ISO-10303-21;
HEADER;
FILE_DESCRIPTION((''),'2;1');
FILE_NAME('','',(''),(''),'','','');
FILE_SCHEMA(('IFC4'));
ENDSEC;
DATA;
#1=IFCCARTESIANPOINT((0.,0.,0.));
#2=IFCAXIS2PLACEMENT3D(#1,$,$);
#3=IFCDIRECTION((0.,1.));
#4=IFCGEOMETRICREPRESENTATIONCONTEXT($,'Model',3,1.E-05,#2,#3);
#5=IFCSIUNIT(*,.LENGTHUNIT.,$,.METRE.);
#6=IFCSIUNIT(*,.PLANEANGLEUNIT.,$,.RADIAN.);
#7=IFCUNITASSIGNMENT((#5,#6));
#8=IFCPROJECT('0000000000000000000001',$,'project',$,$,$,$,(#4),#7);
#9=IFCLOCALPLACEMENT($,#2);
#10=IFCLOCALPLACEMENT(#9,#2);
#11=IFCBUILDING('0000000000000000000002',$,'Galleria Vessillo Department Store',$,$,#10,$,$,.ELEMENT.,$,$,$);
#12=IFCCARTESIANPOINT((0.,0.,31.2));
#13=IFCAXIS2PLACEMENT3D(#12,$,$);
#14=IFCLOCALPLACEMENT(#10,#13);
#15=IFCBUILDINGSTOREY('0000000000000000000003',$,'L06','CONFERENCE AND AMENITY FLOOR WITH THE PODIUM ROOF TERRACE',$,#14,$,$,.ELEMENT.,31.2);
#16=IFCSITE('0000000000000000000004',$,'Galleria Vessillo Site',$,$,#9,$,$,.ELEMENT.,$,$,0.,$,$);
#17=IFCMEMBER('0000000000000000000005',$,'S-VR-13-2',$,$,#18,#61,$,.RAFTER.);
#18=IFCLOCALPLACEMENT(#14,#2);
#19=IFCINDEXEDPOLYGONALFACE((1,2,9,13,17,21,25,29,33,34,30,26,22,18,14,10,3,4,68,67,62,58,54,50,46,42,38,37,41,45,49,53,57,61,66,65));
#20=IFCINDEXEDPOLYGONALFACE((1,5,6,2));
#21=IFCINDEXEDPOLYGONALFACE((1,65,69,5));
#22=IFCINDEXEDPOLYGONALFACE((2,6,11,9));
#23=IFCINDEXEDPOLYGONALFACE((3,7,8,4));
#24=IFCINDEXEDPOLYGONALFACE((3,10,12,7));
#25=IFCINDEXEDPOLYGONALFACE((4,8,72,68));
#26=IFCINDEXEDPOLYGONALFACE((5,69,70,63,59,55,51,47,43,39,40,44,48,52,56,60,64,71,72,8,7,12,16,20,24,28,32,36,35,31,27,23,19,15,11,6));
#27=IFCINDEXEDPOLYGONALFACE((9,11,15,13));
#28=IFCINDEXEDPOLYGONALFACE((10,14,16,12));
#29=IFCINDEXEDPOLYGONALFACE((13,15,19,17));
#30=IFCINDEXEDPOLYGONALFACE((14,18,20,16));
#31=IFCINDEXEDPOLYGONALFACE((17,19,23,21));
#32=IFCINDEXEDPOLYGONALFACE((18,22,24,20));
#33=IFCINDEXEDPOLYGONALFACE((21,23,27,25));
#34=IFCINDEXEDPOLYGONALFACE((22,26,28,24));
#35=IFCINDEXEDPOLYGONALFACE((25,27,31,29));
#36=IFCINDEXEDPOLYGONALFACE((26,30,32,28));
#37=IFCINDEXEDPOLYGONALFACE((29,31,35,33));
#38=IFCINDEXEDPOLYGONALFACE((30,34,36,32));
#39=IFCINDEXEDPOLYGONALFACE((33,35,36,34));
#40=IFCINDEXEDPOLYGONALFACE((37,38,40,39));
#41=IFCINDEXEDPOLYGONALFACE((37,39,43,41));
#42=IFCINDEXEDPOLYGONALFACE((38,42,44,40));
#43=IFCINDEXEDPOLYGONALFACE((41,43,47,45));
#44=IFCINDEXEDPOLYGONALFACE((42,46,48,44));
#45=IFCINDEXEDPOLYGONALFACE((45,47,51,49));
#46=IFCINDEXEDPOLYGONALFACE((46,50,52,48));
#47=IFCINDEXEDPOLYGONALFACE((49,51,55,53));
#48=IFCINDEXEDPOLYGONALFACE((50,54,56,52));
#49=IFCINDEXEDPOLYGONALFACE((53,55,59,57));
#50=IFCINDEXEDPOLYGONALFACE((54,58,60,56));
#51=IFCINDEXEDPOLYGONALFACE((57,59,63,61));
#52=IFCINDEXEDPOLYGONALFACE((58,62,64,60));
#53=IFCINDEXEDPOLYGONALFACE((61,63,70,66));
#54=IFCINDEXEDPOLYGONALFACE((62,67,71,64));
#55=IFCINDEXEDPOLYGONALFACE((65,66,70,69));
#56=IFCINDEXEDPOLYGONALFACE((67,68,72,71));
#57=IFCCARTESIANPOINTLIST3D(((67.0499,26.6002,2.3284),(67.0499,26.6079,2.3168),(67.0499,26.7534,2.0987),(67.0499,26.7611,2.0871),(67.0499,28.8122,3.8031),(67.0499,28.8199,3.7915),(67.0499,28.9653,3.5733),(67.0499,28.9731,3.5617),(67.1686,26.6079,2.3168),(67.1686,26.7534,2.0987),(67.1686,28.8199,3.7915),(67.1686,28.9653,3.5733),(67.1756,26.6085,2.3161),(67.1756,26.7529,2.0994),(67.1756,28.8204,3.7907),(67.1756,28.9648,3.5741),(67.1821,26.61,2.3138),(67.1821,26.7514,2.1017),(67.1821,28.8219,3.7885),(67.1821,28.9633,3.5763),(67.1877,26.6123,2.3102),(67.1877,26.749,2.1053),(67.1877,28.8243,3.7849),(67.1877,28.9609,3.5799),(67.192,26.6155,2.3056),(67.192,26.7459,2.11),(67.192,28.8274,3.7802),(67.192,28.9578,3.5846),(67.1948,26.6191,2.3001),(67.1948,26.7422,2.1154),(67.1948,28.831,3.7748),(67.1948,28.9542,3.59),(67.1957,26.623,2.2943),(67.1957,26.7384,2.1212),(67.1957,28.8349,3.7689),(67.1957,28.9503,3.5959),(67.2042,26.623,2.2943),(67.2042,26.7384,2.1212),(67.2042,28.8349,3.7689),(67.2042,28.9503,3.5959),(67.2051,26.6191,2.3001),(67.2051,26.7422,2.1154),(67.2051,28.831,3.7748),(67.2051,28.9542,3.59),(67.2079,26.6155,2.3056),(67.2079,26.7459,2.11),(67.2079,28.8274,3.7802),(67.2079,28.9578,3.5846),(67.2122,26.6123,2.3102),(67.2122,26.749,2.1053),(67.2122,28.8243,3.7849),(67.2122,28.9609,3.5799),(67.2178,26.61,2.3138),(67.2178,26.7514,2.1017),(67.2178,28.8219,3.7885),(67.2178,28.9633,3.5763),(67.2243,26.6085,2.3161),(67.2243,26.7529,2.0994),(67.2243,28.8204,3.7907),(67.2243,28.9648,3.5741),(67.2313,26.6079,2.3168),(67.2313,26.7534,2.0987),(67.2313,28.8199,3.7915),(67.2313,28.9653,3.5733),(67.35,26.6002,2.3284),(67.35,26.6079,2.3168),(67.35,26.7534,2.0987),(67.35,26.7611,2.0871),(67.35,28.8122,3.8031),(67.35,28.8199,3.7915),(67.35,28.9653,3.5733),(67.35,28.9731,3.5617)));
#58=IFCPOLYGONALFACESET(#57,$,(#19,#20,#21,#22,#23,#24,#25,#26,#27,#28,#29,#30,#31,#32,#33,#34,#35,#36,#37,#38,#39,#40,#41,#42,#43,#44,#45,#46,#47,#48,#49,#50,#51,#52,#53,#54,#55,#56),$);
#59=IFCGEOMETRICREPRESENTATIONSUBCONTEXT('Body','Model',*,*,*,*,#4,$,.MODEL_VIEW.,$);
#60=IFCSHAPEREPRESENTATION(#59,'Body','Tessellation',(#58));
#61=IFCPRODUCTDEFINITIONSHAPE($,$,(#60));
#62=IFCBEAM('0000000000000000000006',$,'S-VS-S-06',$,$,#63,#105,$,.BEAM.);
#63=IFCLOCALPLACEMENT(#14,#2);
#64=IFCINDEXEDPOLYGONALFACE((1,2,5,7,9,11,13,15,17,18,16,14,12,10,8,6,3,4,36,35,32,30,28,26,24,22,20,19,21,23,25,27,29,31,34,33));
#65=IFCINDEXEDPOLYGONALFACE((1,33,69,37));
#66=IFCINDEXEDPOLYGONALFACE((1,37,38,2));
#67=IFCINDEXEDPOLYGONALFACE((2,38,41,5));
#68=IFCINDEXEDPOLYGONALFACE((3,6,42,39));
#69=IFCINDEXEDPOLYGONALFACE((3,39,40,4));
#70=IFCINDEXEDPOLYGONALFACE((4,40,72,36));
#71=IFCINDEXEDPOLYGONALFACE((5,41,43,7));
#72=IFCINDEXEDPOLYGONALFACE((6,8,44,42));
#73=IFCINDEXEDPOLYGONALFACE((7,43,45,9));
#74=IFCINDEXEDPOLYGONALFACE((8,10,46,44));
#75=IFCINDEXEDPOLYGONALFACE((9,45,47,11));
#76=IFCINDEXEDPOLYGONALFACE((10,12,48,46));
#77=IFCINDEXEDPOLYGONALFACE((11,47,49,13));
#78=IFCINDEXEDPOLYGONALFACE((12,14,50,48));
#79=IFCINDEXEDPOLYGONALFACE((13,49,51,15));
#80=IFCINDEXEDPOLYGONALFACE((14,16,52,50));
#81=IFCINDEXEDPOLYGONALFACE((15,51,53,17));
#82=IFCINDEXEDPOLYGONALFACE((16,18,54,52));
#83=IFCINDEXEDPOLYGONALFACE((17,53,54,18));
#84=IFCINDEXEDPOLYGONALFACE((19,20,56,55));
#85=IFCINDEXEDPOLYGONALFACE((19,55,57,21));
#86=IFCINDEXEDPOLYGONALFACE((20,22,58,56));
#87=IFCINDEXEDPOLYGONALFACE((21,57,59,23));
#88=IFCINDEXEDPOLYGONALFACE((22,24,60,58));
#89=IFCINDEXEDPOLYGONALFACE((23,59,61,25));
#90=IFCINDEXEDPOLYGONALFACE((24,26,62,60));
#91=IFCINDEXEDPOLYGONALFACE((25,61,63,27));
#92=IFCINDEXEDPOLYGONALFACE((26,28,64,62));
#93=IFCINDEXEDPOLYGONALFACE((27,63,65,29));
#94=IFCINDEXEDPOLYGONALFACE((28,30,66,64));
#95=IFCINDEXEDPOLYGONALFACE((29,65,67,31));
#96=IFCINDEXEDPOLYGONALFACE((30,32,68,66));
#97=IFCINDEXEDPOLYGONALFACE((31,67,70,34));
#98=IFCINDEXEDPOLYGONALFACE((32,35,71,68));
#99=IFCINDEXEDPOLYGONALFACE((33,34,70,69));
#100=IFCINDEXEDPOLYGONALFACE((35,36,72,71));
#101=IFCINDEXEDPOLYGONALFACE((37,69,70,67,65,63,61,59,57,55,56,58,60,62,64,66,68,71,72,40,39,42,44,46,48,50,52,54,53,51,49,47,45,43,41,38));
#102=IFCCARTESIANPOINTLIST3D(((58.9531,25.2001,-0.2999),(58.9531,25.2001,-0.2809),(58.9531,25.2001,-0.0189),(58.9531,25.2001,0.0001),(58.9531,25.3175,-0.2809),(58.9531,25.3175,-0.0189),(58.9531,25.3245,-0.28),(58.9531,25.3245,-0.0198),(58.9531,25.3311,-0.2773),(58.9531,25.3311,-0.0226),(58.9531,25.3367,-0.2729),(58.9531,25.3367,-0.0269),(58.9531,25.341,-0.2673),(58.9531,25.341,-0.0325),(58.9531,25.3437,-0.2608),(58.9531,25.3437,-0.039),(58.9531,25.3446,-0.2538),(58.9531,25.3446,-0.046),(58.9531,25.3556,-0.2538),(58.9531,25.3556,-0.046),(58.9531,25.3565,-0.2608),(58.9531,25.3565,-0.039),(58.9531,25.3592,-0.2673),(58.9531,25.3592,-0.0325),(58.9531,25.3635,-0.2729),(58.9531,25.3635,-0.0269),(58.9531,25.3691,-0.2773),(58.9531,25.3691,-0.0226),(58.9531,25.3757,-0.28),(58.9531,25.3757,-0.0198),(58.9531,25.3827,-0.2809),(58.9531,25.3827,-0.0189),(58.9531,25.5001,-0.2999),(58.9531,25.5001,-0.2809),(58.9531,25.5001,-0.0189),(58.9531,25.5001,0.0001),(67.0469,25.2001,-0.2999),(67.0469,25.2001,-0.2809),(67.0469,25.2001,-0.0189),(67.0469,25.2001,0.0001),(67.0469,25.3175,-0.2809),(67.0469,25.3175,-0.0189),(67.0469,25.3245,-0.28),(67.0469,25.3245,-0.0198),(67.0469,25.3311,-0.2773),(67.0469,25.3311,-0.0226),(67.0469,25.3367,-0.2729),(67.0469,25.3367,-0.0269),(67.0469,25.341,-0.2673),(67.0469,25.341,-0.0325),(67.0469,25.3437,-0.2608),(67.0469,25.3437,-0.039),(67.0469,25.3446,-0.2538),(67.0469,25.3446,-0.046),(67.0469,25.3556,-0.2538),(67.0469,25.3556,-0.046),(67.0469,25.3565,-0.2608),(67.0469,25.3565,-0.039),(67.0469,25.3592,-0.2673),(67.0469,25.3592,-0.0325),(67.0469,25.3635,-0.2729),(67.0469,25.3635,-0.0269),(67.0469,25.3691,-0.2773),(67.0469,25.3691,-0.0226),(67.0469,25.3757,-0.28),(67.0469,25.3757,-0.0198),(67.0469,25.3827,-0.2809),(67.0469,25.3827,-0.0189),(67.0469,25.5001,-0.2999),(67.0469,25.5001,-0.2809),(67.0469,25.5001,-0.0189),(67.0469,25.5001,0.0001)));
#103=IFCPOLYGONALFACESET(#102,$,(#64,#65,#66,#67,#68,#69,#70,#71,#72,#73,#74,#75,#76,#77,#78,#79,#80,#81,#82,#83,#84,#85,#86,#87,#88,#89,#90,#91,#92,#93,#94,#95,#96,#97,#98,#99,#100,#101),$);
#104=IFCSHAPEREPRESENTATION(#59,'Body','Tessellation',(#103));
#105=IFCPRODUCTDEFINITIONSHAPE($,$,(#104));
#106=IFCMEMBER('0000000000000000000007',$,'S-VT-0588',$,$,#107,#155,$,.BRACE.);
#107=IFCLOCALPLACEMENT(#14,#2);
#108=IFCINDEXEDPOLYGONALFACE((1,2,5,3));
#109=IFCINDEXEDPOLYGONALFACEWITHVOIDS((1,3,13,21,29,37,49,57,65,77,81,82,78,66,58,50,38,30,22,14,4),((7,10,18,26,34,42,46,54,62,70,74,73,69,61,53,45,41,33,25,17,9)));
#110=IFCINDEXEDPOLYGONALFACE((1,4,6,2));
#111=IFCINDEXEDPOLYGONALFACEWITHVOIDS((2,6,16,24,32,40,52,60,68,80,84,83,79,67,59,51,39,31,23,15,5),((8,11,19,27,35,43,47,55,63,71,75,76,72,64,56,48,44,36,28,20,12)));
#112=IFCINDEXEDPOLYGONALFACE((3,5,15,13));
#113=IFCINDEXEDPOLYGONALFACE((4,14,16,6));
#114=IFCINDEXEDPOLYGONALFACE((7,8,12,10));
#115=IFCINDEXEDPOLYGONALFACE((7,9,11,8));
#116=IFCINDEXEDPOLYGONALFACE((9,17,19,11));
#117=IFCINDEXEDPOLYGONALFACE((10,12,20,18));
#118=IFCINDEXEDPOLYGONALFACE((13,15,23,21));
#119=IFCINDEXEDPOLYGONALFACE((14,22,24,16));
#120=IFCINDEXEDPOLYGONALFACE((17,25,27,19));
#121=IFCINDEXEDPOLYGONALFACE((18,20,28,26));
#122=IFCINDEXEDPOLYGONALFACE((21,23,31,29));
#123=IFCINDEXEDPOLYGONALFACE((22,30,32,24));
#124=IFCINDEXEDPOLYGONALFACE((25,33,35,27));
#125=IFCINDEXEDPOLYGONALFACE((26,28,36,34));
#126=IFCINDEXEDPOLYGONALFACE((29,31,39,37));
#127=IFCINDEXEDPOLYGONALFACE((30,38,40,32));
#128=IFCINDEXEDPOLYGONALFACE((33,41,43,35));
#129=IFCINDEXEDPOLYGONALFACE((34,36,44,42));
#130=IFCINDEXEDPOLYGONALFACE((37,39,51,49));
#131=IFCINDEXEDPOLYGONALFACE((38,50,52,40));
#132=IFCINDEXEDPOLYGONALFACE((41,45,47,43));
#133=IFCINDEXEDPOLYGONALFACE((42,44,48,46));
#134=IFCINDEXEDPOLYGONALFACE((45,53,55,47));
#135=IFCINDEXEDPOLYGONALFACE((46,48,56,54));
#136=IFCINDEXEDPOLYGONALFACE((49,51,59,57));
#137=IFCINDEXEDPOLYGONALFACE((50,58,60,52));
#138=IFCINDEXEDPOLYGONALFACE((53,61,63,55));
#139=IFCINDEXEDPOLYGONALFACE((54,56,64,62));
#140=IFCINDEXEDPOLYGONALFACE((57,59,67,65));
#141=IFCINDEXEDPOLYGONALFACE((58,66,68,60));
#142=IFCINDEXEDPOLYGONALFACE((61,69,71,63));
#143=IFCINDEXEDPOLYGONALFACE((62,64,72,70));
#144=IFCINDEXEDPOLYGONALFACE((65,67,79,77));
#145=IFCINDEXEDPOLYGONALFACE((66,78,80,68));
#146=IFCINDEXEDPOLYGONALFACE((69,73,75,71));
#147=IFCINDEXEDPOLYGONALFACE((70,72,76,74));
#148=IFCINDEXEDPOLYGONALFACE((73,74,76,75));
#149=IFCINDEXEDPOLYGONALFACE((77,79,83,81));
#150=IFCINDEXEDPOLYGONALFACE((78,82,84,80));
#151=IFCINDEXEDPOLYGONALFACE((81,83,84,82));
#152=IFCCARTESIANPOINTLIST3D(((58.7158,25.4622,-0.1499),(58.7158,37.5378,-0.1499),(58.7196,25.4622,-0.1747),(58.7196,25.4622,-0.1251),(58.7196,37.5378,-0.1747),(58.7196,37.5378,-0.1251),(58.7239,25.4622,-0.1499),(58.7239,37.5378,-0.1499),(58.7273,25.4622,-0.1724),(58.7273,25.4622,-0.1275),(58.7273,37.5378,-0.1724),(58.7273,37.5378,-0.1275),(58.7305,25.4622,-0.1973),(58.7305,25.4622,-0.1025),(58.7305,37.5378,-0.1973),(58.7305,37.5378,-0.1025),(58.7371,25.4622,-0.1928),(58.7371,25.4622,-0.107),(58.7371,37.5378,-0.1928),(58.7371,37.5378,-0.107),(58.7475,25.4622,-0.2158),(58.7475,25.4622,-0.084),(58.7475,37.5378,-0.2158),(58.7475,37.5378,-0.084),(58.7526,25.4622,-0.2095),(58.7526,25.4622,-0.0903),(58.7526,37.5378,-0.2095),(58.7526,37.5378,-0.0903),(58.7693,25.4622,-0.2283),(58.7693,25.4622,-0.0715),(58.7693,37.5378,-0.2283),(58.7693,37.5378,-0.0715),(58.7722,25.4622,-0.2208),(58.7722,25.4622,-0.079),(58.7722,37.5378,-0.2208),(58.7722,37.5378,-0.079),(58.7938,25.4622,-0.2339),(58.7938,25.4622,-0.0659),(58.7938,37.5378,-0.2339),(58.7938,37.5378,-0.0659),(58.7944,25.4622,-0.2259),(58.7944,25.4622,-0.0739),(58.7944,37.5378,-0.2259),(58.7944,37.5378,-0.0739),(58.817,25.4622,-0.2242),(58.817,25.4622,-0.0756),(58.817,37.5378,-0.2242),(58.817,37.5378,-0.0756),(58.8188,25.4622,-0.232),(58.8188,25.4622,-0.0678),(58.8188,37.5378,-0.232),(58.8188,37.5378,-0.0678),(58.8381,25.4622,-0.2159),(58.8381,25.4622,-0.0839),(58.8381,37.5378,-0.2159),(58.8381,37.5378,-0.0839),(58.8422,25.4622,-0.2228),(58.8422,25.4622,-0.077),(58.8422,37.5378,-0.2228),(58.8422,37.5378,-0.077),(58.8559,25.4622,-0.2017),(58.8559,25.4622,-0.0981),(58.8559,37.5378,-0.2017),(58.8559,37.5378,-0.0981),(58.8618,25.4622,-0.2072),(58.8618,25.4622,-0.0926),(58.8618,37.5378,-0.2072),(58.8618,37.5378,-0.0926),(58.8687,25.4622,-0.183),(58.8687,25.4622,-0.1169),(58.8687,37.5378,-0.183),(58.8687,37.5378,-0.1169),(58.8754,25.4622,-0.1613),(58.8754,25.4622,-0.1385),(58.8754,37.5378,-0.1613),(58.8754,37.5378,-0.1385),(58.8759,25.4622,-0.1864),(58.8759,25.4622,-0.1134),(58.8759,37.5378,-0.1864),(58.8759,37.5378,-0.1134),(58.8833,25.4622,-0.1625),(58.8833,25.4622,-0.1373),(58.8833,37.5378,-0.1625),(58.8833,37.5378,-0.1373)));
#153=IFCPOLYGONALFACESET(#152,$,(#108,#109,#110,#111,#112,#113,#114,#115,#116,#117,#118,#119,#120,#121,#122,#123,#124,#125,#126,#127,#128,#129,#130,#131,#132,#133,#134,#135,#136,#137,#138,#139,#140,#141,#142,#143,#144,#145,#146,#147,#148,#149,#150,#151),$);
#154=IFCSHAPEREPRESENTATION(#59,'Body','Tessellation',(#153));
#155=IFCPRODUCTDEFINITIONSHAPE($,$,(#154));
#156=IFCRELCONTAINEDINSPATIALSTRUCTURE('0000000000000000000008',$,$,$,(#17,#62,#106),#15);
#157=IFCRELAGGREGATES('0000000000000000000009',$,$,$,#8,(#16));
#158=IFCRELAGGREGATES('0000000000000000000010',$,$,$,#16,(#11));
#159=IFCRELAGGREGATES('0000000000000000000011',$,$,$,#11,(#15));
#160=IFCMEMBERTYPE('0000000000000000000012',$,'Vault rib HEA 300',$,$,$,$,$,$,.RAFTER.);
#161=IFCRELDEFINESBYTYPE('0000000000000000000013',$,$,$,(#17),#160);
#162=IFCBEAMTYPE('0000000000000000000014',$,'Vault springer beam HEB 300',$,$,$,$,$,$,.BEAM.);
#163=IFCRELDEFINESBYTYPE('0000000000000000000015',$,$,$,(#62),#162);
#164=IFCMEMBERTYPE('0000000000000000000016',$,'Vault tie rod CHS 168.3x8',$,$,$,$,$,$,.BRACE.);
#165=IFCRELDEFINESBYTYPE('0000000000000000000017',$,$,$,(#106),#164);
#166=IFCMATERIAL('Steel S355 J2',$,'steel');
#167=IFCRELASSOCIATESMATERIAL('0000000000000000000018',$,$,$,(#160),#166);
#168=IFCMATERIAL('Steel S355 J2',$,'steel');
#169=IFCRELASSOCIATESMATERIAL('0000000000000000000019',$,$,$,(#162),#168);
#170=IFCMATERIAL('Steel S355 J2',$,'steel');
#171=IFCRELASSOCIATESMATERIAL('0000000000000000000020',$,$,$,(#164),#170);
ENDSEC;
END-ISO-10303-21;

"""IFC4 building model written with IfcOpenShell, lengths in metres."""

from ifc_helpers import new_model, si_unit, direction, frame, origin, origin_2d, place, context, subcontext, project, spatial, hollow_circle, i_section, extrude, material, material_profile, profile_set, type_object, element, save


model = new_model("IFC4")

# Units and contexts
model_context = context("Model", 3, precision=1e-05, world=origin(), true_north=direction((0.0, 1.0)))
body_context = subcontext(model_context, "Body", "Model", "MODEL_VIEW")
ifc_project = project(units=[si_unit("LENGTHUNIT", "METRE"), si_unit("PLANEANGLEUNIT", "RADIAN")], contexts=[model_context])

# Site, building, storey
site_placement = place(None, origin())
site = spatial("IfcSite", under=ifc_project, at=site_placement, Name="Galleria Vessillo Site", CompositionType="ELEMENT", RefElevation=0.0)
building_placement = place(site_placement, origin())
building = spatial("IfcBuilding", under=site, at=building_placement, Name="Galleria Vessillo Department Store", CompositionType="ELEMENT")
storey_placement = place(building_placement, frame((0.0, 0.0, 31.2)))
storey = spatial("IfcBuildingStorey", under=building, at=storey_placement, Name="L06", Description="CONFERENCE AND AMENITY FLOOR WITH THE PODIUM ROOF TERRACE", CompositionType="ELEMENT", Elevation=31.2)

# Member
ifc_material_1 = material(Name="Steel S355 J2", Category="steel")
ifc_material_profile_1 = material_profile(ifc_material_1, i_section(OverallWidth=0.3, OverallDepth=0.29, WebThickness=0.0085, FlangeThickness=0.0139, FilletRadius=0.0271, at=origin_2d()), Name="HEA 300")
ifc_profile_set_1 = profile_set([ifc_material_profile_1], Name="Steel S355 J2")
member_type_1 = type_object("IfcMemberType", Name="Vault rib HEA 300", PredefinedType="RAFTER", material=ifc_profile_set_1)
member_1_placement = place(storey_placement, frame((67.2, 26.6807, 2.2078), z_axis=(0.0, 0.83205, 0.5547), x_axis=(-1.0, 0.0, 0.0)))
element("IfcMember", 1, at=member_1_placement, inside=storey, type_object=member_type_1, Name="S-VR-13-2", PredefinedType="RAFTER", context=body_context, shape_type="SweptSolid", body=[
    extrude(i_section(OverallWidth=0.3, OverallDepth=0.29, WebThickness=0.0085, FlangeThickness=0.0139, FilletRadius=0.0271, at=origin_2d()), origin(), (0.0, 0.0, 1.0), 2.6584),
])

# Beam
ifc_material_2 = material(Name="Steel S355 J2", Category="steel")
ifc_material_profile_2 = material_profile(ifc_material_2, i_section(OverallWidth=0.3, OverallDepth=0.3, WebThickness=0.011, FlangeThickness=0.019, FilletRadius=0.0271, at=origin_2d()), Name="HEB 300")
ifc_profile_set_2 = profile_set([ifc_material_profile_2], Name="Steel S355 J2")
beam_type_1 = type_object("IfcBeamType", Name="Vault springer beam HEB 300", PredefinedType="BEAM", material=ifc_profile_set_2)
beam_1_placement = place(storey_placement, frame((58.9531, 25.3501, -0.1499), z_axis=(1.0, 0.0, 0.0), x_axis=(0.0, 1.0, 0.0)))
element("IfcBeam", 2, at=beam_1_placement, inside=storey, type_object=beam_type_1, Name="S-VS-S-06", PredefinedType="BEAM", context=body_context, shape_type="SweptSolid", body=[
    extrude(i_section(OverallWidth=0.3, OverallDepth=0.3, WebThickness=0.011, FlangeThickness=0.019, FilletRadius=0.0271, at=origin_2d()), origin(), (0.0, 0.0, 1.0), 8.0938),
])

# Member
ifc_material_3 = material(Name="Steel S355 J2", Category="steel")
ifc_material_profile_3 = material_profile(ifc_material_3, hollow_circle(Radius=0.0842, WallThickness=0.0081, at=origin_2d()), Name="CHS 168.3x8")
ifc_profile_set_3 = profile_set([ifc_material_profile_3], Name="Steel S355 J2")
member_type_2 = type_object("IfcMemberType", Name="Vault tie rod CHS 168.3x8", PredefinedType="BRACE", material=ifc_profile_set_3)
for number, where, z_axis, x_axis, name in (
    (3, (58.8, 25.4622, -0.1499), (0.0, 1.0, 0.0), (-1.0, 0.0, 0.0), "S-VT-0588"),
):
    element("IfcMember", number, at=place(storey_placement, frame(where, z_axis=z_axis, x_axis=x_axis)), inside=storey, type_object=member_type_2, Name=name, PredefinedType="BRACE", context=body_context, shape_type="SweptSolid", body=[
        extrude(hollow_circle(Radius=0.0842, WallThickness=0.0081, at=origin_2d()), origin(), (0.0, 0.0, 1.0), 12.0757),
    ])

save(model, "model.ifc")
